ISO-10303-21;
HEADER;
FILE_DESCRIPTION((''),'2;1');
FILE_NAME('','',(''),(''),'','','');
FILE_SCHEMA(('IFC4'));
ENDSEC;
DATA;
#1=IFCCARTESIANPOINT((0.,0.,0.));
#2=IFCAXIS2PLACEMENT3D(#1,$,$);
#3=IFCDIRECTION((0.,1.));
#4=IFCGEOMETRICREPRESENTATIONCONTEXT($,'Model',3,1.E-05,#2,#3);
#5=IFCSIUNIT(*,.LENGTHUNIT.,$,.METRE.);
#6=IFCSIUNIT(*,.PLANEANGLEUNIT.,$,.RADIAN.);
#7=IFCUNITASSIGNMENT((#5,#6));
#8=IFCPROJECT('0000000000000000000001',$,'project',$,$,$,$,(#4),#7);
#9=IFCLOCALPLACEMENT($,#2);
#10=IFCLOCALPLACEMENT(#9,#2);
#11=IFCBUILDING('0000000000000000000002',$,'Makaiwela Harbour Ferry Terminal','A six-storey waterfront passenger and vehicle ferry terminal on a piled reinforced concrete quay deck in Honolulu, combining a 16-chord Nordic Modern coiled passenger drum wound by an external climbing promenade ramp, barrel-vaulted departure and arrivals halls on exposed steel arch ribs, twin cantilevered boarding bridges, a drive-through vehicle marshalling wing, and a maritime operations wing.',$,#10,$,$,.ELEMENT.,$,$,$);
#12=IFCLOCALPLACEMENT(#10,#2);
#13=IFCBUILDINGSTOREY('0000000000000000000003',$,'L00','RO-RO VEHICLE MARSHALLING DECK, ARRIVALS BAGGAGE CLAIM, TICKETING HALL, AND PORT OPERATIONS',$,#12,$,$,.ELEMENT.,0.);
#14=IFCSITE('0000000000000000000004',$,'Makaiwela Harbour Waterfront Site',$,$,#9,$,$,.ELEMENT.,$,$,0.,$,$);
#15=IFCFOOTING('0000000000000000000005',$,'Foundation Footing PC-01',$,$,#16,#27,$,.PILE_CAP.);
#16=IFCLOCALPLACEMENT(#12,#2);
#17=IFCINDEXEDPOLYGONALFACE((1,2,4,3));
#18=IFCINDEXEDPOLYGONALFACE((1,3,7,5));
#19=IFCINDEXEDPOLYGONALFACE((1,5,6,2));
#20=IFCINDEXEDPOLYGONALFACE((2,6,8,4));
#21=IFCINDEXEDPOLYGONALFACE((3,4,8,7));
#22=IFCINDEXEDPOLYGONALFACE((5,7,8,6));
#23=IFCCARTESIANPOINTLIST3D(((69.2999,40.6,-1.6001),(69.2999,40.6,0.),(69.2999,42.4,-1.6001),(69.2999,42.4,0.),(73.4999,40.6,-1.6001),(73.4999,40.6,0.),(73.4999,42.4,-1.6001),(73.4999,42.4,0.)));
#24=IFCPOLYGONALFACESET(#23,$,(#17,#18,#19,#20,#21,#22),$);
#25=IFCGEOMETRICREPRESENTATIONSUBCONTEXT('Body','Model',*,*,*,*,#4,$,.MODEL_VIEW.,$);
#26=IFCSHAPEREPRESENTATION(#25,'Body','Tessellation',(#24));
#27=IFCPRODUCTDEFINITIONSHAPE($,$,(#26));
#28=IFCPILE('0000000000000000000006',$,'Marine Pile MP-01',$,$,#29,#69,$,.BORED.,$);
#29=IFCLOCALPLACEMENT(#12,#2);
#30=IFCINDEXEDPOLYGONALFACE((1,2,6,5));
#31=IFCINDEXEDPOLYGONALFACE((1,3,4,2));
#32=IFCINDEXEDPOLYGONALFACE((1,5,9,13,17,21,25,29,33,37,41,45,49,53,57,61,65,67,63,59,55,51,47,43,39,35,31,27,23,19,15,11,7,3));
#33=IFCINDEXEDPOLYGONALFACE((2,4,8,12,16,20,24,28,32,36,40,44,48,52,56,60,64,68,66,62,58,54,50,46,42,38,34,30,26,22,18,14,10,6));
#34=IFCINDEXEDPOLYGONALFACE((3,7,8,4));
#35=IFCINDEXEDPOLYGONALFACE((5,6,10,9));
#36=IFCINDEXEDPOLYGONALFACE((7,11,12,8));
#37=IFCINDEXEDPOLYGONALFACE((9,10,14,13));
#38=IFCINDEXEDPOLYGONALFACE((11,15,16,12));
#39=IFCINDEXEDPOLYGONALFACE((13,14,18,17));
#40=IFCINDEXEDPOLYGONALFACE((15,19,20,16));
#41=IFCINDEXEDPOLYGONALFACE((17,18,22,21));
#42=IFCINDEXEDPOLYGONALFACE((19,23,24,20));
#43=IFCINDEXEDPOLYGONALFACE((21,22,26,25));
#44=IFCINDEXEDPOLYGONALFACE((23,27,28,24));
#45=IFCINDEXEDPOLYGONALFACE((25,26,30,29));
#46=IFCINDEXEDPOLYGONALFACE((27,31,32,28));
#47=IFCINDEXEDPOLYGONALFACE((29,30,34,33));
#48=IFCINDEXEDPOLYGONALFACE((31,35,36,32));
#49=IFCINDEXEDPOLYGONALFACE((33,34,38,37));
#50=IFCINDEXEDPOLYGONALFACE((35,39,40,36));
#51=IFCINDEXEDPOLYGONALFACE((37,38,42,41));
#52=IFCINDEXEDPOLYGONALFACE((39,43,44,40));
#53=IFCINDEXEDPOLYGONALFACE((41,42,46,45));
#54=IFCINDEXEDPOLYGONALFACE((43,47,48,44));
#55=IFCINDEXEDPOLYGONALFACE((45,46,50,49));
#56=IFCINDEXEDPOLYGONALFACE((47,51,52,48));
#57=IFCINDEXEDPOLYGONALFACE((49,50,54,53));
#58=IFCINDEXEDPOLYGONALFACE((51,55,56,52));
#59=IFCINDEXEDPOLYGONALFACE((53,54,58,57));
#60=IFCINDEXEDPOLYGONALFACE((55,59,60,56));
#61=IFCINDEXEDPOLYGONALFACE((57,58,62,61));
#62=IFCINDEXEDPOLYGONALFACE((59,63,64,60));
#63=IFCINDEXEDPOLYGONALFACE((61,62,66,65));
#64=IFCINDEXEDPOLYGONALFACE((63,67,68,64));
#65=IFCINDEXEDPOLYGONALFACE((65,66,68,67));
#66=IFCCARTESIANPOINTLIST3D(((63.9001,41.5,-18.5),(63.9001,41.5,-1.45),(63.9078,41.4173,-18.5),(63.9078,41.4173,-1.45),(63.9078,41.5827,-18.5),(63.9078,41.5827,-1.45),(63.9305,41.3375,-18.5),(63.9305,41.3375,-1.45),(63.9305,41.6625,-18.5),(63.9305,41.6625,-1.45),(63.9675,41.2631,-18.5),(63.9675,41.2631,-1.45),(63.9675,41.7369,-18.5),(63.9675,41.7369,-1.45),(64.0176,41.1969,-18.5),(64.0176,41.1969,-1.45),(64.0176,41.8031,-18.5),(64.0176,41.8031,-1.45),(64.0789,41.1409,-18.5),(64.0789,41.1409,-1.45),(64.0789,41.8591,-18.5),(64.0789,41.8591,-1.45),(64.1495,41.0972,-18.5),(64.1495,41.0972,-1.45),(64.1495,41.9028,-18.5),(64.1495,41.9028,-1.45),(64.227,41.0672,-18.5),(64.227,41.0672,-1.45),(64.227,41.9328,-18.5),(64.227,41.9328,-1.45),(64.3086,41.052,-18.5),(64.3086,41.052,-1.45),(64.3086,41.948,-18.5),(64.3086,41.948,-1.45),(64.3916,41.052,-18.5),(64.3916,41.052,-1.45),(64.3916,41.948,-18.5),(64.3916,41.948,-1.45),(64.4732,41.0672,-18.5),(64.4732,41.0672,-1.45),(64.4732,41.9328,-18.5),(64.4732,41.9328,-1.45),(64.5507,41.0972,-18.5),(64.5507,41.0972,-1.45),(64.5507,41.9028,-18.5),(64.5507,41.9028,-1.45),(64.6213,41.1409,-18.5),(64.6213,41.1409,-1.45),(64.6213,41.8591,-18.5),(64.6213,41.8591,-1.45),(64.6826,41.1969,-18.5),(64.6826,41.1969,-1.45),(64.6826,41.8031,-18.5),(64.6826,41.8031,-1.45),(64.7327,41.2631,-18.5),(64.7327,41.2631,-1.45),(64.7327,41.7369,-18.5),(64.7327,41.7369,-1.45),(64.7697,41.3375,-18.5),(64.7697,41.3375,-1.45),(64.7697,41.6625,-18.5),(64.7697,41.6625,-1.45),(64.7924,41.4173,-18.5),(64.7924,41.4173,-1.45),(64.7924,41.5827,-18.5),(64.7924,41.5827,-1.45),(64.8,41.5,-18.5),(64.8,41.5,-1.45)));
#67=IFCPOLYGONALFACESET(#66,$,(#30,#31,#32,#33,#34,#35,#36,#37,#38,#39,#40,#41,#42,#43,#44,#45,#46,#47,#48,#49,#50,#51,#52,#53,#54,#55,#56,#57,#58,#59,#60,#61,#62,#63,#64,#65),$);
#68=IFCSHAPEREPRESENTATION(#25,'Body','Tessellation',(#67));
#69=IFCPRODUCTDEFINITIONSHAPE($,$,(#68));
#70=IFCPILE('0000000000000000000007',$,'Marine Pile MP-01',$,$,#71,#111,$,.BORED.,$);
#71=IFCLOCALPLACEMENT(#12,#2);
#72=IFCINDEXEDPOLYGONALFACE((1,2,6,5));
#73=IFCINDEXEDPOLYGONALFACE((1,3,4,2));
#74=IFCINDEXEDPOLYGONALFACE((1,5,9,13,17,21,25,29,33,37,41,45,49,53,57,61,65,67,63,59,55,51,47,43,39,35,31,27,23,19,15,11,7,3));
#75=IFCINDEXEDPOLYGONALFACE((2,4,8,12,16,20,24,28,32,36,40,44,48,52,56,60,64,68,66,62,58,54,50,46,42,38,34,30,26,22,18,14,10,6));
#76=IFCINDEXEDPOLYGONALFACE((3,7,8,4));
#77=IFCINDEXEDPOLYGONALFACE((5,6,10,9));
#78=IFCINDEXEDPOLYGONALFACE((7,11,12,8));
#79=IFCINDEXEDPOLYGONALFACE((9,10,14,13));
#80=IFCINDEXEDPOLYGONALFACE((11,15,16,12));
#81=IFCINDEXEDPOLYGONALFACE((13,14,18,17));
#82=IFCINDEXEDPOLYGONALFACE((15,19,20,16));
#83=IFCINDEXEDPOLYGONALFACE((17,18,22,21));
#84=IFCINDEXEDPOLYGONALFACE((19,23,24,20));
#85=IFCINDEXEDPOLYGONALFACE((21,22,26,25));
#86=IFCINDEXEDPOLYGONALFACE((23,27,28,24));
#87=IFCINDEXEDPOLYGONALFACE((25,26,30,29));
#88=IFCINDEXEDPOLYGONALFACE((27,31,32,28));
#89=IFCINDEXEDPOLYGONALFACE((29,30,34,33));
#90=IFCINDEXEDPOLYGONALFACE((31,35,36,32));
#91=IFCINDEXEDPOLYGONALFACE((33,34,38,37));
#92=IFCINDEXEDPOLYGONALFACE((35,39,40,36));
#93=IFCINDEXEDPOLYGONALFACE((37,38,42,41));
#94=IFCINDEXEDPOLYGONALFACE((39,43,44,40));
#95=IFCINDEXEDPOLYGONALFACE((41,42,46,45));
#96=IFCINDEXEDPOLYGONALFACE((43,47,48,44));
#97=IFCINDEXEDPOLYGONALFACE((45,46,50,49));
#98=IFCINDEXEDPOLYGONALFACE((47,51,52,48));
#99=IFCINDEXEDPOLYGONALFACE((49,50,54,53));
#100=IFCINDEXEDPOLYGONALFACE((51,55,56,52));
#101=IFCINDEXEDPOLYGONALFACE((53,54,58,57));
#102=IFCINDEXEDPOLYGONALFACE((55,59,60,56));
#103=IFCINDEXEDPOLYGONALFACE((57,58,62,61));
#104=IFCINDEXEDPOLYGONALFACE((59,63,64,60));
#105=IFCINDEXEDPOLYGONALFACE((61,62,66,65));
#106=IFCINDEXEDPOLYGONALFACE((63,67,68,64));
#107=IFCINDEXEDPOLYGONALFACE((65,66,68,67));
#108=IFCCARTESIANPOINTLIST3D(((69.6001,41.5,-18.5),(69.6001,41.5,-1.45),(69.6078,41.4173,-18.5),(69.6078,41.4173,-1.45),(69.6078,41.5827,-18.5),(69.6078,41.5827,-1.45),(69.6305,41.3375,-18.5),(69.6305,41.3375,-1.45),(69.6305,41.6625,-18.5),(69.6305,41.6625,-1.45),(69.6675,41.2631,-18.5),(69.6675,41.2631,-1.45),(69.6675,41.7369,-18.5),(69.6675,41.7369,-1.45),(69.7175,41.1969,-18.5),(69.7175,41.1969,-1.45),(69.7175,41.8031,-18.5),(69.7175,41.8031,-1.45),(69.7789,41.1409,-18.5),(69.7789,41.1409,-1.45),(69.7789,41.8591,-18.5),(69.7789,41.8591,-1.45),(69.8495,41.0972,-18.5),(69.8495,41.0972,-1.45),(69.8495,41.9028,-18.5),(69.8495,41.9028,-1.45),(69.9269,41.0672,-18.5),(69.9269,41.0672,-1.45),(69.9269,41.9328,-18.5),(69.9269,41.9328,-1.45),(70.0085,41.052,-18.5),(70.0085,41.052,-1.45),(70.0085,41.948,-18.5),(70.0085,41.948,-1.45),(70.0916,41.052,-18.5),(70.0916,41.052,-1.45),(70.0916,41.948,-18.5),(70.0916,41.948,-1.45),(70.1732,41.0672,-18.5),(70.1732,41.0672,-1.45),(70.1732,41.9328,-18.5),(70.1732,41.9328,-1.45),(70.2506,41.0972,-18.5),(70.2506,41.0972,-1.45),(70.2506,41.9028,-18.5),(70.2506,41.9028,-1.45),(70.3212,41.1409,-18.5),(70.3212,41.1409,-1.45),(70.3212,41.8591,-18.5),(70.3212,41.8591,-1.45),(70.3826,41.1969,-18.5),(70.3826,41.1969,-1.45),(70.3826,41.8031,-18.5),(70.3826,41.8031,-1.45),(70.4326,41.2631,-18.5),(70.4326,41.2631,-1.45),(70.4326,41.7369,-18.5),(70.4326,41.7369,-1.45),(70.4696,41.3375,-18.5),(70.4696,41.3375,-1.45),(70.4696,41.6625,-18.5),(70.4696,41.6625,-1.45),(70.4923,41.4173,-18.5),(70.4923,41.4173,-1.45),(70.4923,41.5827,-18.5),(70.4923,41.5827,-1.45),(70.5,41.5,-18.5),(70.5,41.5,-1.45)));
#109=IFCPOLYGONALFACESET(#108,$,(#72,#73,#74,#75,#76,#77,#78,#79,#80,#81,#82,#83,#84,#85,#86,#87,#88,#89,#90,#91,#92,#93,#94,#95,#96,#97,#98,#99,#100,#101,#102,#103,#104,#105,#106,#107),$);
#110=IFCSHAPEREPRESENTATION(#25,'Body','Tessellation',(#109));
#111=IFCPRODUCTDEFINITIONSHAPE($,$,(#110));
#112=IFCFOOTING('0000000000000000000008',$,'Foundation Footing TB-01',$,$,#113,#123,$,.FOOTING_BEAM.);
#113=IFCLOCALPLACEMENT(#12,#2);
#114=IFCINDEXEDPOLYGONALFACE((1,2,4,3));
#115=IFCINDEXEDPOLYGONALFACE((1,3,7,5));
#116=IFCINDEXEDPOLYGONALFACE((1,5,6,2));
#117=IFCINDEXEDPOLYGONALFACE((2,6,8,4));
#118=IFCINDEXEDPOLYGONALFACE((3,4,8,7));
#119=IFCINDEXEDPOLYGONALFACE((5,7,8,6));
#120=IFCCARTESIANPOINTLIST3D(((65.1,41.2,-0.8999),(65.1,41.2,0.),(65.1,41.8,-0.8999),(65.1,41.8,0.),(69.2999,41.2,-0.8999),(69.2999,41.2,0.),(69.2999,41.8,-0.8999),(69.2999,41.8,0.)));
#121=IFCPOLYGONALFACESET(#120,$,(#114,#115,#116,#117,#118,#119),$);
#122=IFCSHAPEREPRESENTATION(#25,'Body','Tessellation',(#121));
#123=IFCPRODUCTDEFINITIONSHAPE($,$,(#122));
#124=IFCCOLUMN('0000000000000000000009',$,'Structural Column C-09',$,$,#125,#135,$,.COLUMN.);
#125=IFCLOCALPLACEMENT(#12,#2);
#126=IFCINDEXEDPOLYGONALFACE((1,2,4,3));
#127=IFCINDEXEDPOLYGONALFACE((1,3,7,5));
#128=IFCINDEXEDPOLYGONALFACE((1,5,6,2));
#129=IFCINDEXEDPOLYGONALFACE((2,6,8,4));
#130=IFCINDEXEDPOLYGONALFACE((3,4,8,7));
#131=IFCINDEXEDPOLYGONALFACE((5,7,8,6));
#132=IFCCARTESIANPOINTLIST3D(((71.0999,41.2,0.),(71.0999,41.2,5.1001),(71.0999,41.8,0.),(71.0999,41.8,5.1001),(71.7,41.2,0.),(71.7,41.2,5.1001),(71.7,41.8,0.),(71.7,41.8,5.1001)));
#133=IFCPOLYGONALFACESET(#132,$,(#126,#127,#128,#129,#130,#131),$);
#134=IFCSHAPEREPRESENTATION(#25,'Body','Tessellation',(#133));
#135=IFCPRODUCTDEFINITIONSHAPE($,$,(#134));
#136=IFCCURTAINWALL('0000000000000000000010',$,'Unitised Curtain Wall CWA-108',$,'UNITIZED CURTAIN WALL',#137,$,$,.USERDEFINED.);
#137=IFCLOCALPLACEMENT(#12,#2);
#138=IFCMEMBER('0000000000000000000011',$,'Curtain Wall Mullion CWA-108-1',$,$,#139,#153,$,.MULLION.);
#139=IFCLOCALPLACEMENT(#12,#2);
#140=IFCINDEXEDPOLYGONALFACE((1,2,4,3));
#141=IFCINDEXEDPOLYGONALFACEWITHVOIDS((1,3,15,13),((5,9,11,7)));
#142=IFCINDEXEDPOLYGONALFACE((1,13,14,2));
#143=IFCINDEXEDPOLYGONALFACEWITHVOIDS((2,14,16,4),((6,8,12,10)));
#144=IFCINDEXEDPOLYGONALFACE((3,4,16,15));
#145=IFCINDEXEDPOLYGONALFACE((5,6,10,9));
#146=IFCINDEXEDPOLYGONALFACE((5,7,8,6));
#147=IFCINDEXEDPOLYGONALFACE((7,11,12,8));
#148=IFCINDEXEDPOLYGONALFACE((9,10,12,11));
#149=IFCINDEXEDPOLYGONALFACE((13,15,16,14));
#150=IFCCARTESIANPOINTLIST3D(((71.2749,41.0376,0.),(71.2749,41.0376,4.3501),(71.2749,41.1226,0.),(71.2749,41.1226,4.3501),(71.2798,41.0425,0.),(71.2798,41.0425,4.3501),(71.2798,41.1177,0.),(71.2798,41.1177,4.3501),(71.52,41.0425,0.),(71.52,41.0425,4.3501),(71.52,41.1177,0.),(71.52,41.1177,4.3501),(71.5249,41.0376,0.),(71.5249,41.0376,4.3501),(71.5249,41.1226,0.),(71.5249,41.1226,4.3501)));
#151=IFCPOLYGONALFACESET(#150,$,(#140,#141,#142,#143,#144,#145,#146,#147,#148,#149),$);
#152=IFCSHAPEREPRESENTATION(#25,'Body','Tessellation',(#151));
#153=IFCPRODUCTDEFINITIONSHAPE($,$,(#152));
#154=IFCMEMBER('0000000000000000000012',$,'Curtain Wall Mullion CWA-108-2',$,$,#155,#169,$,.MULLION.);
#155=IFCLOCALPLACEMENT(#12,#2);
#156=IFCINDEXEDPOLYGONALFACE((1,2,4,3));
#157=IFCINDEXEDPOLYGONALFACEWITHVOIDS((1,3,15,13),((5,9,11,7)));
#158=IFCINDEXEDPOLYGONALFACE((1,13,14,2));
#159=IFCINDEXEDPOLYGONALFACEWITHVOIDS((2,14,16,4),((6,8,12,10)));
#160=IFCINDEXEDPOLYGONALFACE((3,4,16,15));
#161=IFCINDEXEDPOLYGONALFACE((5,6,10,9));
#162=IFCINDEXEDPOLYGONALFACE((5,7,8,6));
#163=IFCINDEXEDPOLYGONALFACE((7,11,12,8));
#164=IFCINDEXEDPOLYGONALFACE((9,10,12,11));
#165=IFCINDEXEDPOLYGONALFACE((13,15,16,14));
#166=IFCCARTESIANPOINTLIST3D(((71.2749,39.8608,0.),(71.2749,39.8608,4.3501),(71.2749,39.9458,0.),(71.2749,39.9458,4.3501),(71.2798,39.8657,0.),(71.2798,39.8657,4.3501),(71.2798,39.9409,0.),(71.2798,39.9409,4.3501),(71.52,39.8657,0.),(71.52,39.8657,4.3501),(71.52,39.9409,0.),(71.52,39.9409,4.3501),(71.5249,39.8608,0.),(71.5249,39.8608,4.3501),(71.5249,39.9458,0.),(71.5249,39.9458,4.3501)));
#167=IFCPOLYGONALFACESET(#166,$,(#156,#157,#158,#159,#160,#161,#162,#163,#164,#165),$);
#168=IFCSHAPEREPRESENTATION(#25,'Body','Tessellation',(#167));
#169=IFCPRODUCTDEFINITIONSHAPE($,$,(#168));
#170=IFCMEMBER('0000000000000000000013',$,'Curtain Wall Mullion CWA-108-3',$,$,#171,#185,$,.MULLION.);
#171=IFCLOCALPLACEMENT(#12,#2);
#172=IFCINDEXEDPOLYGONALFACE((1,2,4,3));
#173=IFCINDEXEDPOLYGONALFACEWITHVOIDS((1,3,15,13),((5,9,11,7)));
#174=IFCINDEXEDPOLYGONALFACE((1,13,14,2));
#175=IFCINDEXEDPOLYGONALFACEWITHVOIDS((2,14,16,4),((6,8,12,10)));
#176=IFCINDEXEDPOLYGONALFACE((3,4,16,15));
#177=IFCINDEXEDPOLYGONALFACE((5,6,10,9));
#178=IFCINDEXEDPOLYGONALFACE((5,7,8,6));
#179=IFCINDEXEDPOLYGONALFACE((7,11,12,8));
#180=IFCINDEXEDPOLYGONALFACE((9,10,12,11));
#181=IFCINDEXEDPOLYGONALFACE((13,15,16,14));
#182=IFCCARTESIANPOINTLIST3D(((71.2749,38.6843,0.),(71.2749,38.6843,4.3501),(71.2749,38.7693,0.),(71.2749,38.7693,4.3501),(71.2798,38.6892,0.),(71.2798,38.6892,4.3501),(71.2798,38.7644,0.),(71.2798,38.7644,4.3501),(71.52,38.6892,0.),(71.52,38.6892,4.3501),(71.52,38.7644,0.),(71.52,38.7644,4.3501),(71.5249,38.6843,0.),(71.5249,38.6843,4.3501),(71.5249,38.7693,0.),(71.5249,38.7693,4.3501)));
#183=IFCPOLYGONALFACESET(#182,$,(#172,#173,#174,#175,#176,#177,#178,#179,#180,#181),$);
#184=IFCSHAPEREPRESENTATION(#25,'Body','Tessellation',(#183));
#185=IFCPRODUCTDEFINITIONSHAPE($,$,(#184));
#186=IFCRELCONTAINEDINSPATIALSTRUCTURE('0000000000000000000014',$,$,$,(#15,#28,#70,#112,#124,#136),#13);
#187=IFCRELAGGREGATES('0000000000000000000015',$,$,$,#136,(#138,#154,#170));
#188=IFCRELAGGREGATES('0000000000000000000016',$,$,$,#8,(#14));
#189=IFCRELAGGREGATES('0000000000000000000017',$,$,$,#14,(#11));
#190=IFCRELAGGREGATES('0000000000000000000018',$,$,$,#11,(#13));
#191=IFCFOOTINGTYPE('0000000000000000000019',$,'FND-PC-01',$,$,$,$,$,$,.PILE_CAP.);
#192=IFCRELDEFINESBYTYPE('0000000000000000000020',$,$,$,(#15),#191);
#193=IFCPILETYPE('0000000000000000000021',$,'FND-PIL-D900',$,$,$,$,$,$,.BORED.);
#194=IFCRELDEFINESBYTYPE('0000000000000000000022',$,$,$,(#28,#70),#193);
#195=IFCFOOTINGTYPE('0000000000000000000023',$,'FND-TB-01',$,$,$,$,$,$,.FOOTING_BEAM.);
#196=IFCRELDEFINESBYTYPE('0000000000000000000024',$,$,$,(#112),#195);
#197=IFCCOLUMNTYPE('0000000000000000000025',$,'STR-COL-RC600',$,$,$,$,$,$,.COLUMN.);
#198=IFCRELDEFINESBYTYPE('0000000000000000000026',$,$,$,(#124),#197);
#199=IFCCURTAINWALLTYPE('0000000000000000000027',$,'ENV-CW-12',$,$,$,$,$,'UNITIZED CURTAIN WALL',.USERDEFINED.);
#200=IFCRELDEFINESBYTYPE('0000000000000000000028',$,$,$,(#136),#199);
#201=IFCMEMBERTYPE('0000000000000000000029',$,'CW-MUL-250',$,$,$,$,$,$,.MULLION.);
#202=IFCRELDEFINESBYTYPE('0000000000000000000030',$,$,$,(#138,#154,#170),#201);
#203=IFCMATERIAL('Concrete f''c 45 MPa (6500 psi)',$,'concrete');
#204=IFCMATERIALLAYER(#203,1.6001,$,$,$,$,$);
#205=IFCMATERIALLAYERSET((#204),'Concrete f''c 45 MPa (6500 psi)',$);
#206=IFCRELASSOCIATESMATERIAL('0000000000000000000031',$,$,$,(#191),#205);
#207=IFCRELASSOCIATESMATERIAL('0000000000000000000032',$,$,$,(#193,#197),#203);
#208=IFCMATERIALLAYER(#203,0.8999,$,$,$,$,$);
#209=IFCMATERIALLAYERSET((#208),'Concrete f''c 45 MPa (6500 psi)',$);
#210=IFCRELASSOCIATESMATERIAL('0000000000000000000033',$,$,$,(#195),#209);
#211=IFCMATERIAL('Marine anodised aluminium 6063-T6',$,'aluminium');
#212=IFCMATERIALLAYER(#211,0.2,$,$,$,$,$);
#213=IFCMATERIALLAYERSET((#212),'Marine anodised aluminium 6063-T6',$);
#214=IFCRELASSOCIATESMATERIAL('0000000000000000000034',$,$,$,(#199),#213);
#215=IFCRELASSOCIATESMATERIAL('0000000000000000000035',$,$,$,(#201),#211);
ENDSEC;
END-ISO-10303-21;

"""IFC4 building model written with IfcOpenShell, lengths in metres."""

from ifc_helpers import new_model, si_unit, direction, frame, origin, origin_2d, place, context, subcontext, project, spatial, rectangle, hollow_rectangle, circle, extrude, material, layer, layer_set, material_profile, profile_set, type_object, element, aggregate, save


model = new_model("IFC4")

# Units and contexts
model_context = context("Model", 3, precision=1e-05, world=origin(), true_north=direction((0.0, 1.0)))
body_context = subcontext(model_context, "Body", "Model", "MODEL_VIEW")
ifc_project = project(units=[si_unit("LENGTHUNIT", "METRE"), si_unit("PLANEANGLEUNIT", "RADIAN")], contexts=[model_context])

# Site, building, storey
site_placement = place(None, origin())
site = spatial("IfcSite", under=ifc_project, at=site_placement, Name="Makaiwela Harbour Waterfront Site", CompositionType="ELEMENT", RefElevation=0.0)
building_placement = place(site_placement, origin())
building = spatial("IfcBuilding", under=site, at=building_placement, Name="Makaiwela Harbour Ferry Terminal", Description="A six-storey waterfront passenger and vehicle ferry terminal on a piled reinforced concrete quay deck in Honolulu, combining a 16-chord Nordic Modern coiled passenger drum wound by an external climbing promenade ramp, barrel-vaulted departure and arrivals halls on exposed steel arch ribs, twin cantilevered boarding bridges, a drive-through vehicle marshalling wing, and a maritime operations wing.", CompositionType="ELEMENT")
storey_placement = place(building_placement, origin())
storey = spatial("IfcBuildingStorey", under=building, at=storey_placement, Name="L00", Description="RO-RO VEHICLE MARSHALLING DECK, ARRIVALS BAGGAGE CLAIM, TICKETING HALL, AND PORT OPERATIONS", CompositionType="ELEMENT", Elevation=0.0)

# Footing
ifc_material_1 = material(Name="Concrete f'c 45 MPa (6500 psi)", Category="concrete")
ifc_layer_1 = layer(ifc_material_1, 1.6001)
ifc_layer_set_1 = layer_set([ifc_layer_1], Name="Concrete f'c 45 MPa (6500 psi)")
footing_type_1 = type_object("IfcFootingType", Name="FND-PC-01", PredefinedType="PILE_CAP", material=ifc_layer_set_1)
footing_1_placement = place(storey_placement, frame((71.3999, 41.5, -1.6001), z_axis=(0.0, 0.0, 1.0), x_axis=(1.0, 0.0, 0.0)))
element("IfcFooting", 1, at=footing_1_placement, inside=storey, type_object=footing_type_1, Name="Foundation Footing PC-01", PredefinedType="PILE_CAP", context=body_context, shape_type="SweptSolid", body=[
    extrude(rectangle(XDim=4.2, YDim=1.8, at=origin_2d()), origin(), (0.0, 0.0, 1.0), 1.6001),
])

# Piles
ifc_material_profile_1 = material_profile(ifc_material_1, circle(Radius=0.45, at=origin_2d()), Name="PILE-D900")
ifc_profile_set_1 = profile_set([ifc_material_profile_1], Name="Concrete f'c 45 MPa (6500 psi)")
pile_type = type_object("IfcPileType", Name="FND-PIL-D900", PredefinedType="BORED", material=ifc_profile_set_1)
for number, where, z_axis, x_axis, name in (
    (2, (64.3501, 41.5, -1.45), (0.0, 0.0, -1.0), (1.0, 0.0, 0.0), "Marine Pile MP-01"),
    (3, (70.05, 41.5, -1.45), (0.0, 0.0, -1.0), (1.0, 0.0, 0.0), "Marine Pile MP-01"),
):
    element("IfcPile", number, at=place(storey_placement, frame(where, z_axis=z_axis, x_axis=x_axis)), inside=storey, type_object=pile_type, Name=name, PredefinedType="BORED", context=body_context, shape_type="SweptSolid", body=[
        extrude(circle(Radius=0.45, at=origin_2d()), origin(), (0.0, 0.0, 1.0), 17.05),
    ])

# Footing
ifc_layer_2 = layer(ifc_material_1, 0.8999)
ifc_layer_set_2 = layer_set([ifc_layer_2], Name="Concrete f'c 45 MPa (6500 psi)")
footing_type_2 = type_object("IfcFootingType", Name="FND-TB-01", PredefinedType="FOOTING_BEAM", material=ifc_layer_set_2)
footing_2_placement = place(storey_placement, frame((67.2, 41.5, -0.8999), z_axis=(0.0, 0.0, 1.0), x_axis=(1.0, 0.0, 0.0)))
element("IfcFooting", 4, at=footing_2_placement, inside=storey, type_object=footing_type_2, Name="Foundation Footing TB-01", PredefinedType="FOOTING_BEAM", context=body_context, shape_type="SweptSolid", body=[
    extrude(rectangle(XDim=4.2, YDim=0.6001, at=origin_2d()), origin(), (0.0, 0.0, 1.0), 0.8999),
])

# Column
ifc_material_profile_2 = material_profile(ifc_material_1, rectangle(XDim=0.6001, YDim=0.6001, at=origin_2d()), Name="RC-600X600")
ifc_profile_set_2 = profile_set([ifc_material_profile_2], Name="Concrete f'c 45 MPa (6500 psi)")
column_type = type_object("IfcColumnType", Name="STR-COL-RC600", PredefinedType="COLUMN", material=ifc_profile_set_2)
column_placement = place(storey_placement, frame((71.3999, 41.5, 0.0), z_axis=(0.0, 0.0, 1.0), x_axis=(1.0, 0.0, 0.0)))
element("IfcColumn", 5, at=column_placement, inside=storey, type_object=column_type, Name="Structural Column C-09", PredefinedType="COLUMN", context=body_context, shape_type="SweptSolid", body=[
    extrude(rectangle(XDim=0.6001, YDim=0.6001, at=origin_2d()), origin(), (0.0, 0.0, 1.0), 5.1001),
])

# Curtain wall, members
ifc_material_2 = material(Name="Marine anodised aluminium 6063-T6", Category="aluminium")
ifc_layer_3 = layer(ifc_material_2, 0.2)
ifc_layer_set_3 = layer_set([ifc_layer_3], Name="Marine anodised aluminium 6063-T6")
curtain_wall_type = type_object("IfcCurtainWallType", Name="ENV-CW-12", ElementType="UNITIZED CURTAIN WALL", PredefinedType="USERDEFINED", material=ifc_layer_set_3)
curtain_wall_1_placement = place(storey_placement, origin())
curtain_wall_1 = element("IfcCurtainWall", 6, at=curtain_wall_1_placement, inside=storey, type_object=curtain_wall_type, Name="Unitised Curtain Wall CWA-108", ObjectType="UNITIZED CURTAIN WALL", PredefinedType="USERDEFINED")
ifc_material_profile_3 = material_profile(ifc_material_2, hollow_rectangle(XDim=0.085, YDim=0.25, WallThickness=0.0049, at=origin_2d()), Name="CWM-250X85")
ifc_profile_set_3 = profile_set([ifc_material_profile_3], Name="Marine anodised aluminium 6063-T6")
member_type_1 = type_object("IfcMemberType", Name="CW-MUL-250", PredefinedType="MULLION", material=ifc_profile_set_3)
member_1_placement = place(storey_placement, frame((71.3999, 41.0801, 0.0), z_axis=(0.0, 0.0, 1.0), x_axis=(0.0, 1.0, 0.0)))
member_1 = element("IfcMember", 7, at=member_1_placement, type_object=member_type_1, Name="Curtain Wall Mullion CWA-108-1", PredefinedType="MULLION", context=body_context, shape_type="SweptSolid", body=[
    extrude(hollow_rectangle(XDim=0.085, YDim=0.25, WallThickness=0.0049, at=origin_2d()), origin(), (0.0, 0.0, 1.0), 4.3501),
])
member_2_placement = place(storey_placement, frame((71.3999, 39.9033, 0.0), z_axis=(0.0, 0.0, 1.0), x_axis=(0.0, 1.0, 0.0)))
member_2 = element("IfcMember", 8, at=member_2_placement, type_object=member_type_1, Name="Curtain Wall Mullion CWA-108-2", PredefinedType="MULLION", context=body_context, shape_type="SweptSolid", body=[
    extrude(hollow_rectangle(XDim=0.085, YDim=0.25, WallThickness=0.0049, at=origin_2d()), origin(), (0.0, 0.0, 1.0), 4.3501),
])
member_3_placement = place(storey_placement, frame((71.3999, 38.7268, 0.0), z_axis=(0.0, 0.0, 1.0), x_axis=(0.0, 1.0, 0.0)))
member_3 = element("IfcMember", 9, at=member_3_placement, type_object=member_type_1, Name="Curtain Wall Mullion CWA-108-3", PredefinedType="MULLION", context=body_context, shape_type="SweptSolid", body=[
    extrude(hollow_rectangle(XDim=0.085, YDim=0.25, WallThickness=0.0049, at=origin_2d()), origin(), (0.0, 0.0, 1.0), 4.3501),
])

aggregate(curtain_wall_1, [member_1, member_2, member_3])

save(model, "model.ifc")
